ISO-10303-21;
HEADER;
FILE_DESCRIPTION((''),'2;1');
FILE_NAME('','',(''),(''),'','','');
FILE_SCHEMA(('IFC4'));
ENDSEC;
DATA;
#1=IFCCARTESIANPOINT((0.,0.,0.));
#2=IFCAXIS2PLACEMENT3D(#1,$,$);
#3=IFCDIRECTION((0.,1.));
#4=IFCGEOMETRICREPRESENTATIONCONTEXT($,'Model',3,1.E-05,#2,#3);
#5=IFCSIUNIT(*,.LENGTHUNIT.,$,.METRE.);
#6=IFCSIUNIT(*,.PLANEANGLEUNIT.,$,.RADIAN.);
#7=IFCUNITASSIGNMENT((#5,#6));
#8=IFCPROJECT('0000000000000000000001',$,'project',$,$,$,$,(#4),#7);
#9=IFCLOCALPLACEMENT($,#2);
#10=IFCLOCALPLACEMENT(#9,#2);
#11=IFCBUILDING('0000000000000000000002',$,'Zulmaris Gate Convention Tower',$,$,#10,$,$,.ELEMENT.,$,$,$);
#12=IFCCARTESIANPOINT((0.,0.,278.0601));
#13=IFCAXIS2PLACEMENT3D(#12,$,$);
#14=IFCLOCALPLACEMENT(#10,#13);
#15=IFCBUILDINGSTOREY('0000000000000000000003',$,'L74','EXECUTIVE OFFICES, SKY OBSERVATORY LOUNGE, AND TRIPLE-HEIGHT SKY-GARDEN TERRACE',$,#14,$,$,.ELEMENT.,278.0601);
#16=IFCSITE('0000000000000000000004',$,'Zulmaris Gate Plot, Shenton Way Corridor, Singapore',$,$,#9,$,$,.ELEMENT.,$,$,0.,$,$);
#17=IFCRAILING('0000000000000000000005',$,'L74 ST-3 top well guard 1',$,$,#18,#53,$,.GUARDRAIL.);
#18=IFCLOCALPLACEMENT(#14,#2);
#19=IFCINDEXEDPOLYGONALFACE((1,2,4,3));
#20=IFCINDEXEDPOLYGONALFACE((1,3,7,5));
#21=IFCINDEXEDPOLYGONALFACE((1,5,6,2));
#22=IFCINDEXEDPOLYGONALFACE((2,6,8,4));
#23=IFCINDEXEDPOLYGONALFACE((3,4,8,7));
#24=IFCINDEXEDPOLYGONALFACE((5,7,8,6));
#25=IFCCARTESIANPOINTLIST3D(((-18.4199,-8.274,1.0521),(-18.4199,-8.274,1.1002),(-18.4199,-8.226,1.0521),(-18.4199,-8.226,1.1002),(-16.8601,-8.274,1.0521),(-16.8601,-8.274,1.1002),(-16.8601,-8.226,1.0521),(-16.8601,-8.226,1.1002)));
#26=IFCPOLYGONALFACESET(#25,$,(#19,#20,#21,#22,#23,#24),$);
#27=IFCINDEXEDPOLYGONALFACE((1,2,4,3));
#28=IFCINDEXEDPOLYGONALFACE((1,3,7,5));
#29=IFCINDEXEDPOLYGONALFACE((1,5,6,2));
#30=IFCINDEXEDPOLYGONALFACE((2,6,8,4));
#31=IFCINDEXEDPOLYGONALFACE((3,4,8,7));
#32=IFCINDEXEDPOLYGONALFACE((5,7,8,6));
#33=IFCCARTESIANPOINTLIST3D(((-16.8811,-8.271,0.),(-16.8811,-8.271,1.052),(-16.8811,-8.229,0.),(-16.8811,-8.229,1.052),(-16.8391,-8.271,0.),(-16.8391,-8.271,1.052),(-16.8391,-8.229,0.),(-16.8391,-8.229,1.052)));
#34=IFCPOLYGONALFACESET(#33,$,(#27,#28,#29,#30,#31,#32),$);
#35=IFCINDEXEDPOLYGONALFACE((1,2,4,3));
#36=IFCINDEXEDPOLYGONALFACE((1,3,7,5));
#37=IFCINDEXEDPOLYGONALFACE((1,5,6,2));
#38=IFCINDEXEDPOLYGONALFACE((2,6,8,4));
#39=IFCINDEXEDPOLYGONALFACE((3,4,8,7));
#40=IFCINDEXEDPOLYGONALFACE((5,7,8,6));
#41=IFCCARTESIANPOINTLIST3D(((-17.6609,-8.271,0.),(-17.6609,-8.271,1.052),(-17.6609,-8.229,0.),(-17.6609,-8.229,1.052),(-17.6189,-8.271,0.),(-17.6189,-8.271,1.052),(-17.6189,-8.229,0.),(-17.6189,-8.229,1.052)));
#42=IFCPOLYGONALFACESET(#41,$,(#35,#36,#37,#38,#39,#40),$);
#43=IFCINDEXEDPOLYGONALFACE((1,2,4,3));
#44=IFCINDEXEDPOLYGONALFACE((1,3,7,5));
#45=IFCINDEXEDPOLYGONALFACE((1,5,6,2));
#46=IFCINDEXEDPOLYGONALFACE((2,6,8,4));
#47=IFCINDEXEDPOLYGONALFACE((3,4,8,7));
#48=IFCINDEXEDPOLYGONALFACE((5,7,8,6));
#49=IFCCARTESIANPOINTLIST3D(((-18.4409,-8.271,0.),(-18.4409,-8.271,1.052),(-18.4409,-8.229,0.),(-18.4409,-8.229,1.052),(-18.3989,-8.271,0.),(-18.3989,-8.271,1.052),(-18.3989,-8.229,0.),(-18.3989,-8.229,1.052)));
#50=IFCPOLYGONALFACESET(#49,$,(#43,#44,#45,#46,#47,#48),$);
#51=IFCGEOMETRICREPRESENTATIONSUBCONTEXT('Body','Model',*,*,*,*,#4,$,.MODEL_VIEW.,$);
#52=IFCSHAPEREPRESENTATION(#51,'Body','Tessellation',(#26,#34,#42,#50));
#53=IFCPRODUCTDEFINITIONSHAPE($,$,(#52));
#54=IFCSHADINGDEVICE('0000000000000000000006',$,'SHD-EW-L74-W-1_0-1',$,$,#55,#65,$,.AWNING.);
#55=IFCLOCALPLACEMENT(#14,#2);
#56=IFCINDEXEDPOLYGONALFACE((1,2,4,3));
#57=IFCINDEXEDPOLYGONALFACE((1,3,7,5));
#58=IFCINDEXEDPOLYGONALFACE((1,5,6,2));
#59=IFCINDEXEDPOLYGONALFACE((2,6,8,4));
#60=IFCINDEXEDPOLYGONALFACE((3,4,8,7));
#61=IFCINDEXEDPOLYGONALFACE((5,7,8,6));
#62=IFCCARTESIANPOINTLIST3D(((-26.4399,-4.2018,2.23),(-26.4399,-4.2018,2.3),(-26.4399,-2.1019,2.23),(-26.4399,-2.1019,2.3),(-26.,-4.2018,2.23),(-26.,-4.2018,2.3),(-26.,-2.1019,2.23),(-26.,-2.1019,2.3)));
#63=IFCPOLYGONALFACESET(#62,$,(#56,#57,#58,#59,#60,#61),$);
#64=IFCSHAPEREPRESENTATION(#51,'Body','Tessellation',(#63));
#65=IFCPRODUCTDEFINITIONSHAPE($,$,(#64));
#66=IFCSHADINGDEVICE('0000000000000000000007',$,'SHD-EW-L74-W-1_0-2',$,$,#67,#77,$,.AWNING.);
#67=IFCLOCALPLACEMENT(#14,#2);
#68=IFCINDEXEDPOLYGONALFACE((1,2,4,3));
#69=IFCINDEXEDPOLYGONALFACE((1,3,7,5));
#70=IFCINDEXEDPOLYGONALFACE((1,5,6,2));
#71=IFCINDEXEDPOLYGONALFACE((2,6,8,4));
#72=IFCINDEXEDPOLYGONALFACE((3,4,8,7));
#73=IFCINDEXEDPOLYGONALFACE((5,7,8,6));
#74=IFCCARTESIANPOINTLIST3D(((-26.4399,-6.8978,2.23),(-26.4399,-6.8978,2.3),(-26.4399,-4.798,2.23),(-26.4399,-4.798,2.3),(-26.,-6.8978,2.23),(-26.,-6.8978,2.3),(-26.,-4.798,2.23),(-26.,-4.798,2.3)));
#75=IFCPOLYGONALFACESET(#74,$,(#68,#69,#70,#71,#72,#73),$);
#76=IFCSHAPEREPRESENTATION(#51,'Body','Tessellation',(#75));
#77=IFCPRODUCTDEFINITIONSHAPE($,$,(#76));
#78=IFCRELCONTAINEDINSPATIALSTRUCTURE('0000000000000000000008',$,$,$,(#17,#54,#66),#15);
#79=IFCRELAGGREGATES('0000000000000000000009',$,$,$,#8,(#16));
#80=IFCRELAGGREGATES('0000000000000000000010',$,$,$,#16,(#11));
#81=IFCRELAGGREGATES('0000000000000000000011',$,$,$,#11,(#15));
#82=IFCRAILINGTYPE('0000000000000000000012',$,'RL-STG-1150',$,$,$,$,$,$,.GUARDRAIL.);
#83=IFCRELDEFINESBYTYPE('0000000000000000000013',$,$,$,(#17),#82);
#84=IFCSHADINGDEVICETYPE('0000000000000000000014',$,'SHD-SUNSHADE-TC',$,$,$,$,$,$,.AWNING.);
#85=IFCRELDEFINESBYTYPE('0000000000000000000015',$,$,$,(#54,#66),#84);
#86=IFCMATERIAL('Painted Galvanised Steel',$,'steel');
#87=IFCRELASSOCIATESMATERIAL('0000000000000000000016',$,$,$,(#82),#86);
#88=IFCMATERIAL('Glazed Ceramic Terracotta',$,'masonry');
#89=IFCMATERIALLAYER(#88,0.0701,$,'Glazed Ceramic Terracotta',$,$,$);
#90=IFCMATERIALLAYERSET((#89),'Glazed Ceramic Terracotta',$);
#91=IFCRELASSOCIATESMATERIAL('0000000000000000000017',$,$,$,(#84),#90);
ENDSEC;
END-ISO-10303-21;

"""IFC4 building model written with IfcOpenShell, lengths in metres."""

from ifc_helpers import new_model, si_unit, direction, frame, frame_2d, origin, origin_2d, place, context, subcontext, project, spatial, rectangle, extrude, material, layer, layer_set, type_object, element, save


model = new_model("IFC4")

# Units and contexts
model_context = context("Model", 3, precision=1e-05, world=origin(), true_north=direction((0.0, 1.0)))
body_context = subcontext(model_context, "Body", "Model", "MODEL_VIEW")
ifc_project = project(units=[si_unit("LENGTHUNIT", "METRE"), si_unit("PLANEANGLEUNIT", "RADIAN")], contexts=[model_context])

# Site, building, storey
site_placement = place(None, origin())
site = spatial("IfcSite", under=ifc_project, at=site_placement, Name="Zulmaris Gate Plot, Shenton Way Corridor, Singapore", CompositionType="ELEMENT", RefElevation=0.0)
building_placement = place(site_placement, origin())
building = spatial("IfcBuilding", under=site, at=building_placement, Name="Zulmaris Gate Convention Tower", CompositionType="ELEMENT")
storey_placement = place(building_placement, frame((0.0, 0.0, 278.0601)))
storey = spatial("IfcBuildingStorey", under=building, at=storey_placement, Name="L74", Description="EXECUTIVE OFFICES, SKY OBSERVATORY LOUNGE, AND TRIPLE-HEIGHT SKY-GARDEN TERRACE", CompositionType="ELEMENT", Elevation=278.0601)

# Railing
ifc_material_1 = material(Name="Painted Galvanised Steel", Category="steel")
railing_type = type_object("IfcRailingType", Name="RL-STG-1150", PredefinedType="GUARDRAIL", material=ifc_material_1)
railing_placement = place(storey_placement, frame((-16.8601, -8.25, 0.0)))
element("IfcRailing", 1, at=railing_placement, inside=storey, type_object=railing_type, Name="L74 ST-3 top well guard 1", PredefinedType="GUARDRAIL", context=body_context, shape_type="SweptSolid", body=[
    extrude(rectangle(XDim=0.0481, YDim=0.0481, at=origin_2d()), frame((0.0, 0.0, 1.0762), z_axis=(-1.0, 0.0, 0.0), x_axis=(0.0, -1.0, 0.0)), (0.0, 0.0, 1.0), 1.5598),
    extrude(rectangle(XDim=0.042, YDim=0.042, at=origin_2d()), origin(), (0.0, 0.0, 1.0), 1.052),
    extrude(rectangle(XDim=0.042, YDim=0.042, at=origin_2d()), frame((-0.7798, 0.0, 0.0)), (0.0, 0.0, 1.0), 1.052),
    extrude(rectangle(XDim=0.042, YDim=0.042, at=origin_2d()), frame((-1.5598, 0.0, 0.0)), (0.0, 0.0, 1.0), 1.052),
])

# Shading devices
ifc_material_2 = material(Name="Glazed Ceramic Terracotta", Category="masonry")
ifc_layer_1 = layer(ifc_material_2, 0.0701, Name="Glazed Ceramic Terracotta")
ifc_layer_set_1 = layer_set([ifc_layer_1], Name="Glazed Ceramic Terracotta")
shading_device_type = type_object("IfcShadingDeviceType", Name="SHD-SUNSHADE-TC", PredefinedType="AWNING", material=ifc_layer_set_1)
for number, where, z_axis, x_axis, name in (
    (2, (-26.22, -2.1021, 2.23), (0.0, 0.0, 1.0), (0.0, -1.0, 0.0), "SHD-EW-L74-W-1_0-1"),
    (3, (-26.22, -4.7981, 2.23), (0.0, 0.0, 1.0), (0.0, -1.0, 0.0), "SHD-EW-L74-W-1_0-2"),
):
    element("IfcShadingDevice", number, at=place(storey_placement, frame(where, z_axis=z_axis, x_axis=x_axis)), inside=storey, type_object=shading_device_type, Name=name, PredefinedType="AWNING", context=body_context, shape_type="SweptSolid", body=[
        extrude(rectangle(XDim=2.0999, YDim=0.4399, at=frame_2d((1.0498, 0.0))), origin(), (0.0, 0.0, 1.0), 0.0701),
    ])

save(model, "model.ifc")
